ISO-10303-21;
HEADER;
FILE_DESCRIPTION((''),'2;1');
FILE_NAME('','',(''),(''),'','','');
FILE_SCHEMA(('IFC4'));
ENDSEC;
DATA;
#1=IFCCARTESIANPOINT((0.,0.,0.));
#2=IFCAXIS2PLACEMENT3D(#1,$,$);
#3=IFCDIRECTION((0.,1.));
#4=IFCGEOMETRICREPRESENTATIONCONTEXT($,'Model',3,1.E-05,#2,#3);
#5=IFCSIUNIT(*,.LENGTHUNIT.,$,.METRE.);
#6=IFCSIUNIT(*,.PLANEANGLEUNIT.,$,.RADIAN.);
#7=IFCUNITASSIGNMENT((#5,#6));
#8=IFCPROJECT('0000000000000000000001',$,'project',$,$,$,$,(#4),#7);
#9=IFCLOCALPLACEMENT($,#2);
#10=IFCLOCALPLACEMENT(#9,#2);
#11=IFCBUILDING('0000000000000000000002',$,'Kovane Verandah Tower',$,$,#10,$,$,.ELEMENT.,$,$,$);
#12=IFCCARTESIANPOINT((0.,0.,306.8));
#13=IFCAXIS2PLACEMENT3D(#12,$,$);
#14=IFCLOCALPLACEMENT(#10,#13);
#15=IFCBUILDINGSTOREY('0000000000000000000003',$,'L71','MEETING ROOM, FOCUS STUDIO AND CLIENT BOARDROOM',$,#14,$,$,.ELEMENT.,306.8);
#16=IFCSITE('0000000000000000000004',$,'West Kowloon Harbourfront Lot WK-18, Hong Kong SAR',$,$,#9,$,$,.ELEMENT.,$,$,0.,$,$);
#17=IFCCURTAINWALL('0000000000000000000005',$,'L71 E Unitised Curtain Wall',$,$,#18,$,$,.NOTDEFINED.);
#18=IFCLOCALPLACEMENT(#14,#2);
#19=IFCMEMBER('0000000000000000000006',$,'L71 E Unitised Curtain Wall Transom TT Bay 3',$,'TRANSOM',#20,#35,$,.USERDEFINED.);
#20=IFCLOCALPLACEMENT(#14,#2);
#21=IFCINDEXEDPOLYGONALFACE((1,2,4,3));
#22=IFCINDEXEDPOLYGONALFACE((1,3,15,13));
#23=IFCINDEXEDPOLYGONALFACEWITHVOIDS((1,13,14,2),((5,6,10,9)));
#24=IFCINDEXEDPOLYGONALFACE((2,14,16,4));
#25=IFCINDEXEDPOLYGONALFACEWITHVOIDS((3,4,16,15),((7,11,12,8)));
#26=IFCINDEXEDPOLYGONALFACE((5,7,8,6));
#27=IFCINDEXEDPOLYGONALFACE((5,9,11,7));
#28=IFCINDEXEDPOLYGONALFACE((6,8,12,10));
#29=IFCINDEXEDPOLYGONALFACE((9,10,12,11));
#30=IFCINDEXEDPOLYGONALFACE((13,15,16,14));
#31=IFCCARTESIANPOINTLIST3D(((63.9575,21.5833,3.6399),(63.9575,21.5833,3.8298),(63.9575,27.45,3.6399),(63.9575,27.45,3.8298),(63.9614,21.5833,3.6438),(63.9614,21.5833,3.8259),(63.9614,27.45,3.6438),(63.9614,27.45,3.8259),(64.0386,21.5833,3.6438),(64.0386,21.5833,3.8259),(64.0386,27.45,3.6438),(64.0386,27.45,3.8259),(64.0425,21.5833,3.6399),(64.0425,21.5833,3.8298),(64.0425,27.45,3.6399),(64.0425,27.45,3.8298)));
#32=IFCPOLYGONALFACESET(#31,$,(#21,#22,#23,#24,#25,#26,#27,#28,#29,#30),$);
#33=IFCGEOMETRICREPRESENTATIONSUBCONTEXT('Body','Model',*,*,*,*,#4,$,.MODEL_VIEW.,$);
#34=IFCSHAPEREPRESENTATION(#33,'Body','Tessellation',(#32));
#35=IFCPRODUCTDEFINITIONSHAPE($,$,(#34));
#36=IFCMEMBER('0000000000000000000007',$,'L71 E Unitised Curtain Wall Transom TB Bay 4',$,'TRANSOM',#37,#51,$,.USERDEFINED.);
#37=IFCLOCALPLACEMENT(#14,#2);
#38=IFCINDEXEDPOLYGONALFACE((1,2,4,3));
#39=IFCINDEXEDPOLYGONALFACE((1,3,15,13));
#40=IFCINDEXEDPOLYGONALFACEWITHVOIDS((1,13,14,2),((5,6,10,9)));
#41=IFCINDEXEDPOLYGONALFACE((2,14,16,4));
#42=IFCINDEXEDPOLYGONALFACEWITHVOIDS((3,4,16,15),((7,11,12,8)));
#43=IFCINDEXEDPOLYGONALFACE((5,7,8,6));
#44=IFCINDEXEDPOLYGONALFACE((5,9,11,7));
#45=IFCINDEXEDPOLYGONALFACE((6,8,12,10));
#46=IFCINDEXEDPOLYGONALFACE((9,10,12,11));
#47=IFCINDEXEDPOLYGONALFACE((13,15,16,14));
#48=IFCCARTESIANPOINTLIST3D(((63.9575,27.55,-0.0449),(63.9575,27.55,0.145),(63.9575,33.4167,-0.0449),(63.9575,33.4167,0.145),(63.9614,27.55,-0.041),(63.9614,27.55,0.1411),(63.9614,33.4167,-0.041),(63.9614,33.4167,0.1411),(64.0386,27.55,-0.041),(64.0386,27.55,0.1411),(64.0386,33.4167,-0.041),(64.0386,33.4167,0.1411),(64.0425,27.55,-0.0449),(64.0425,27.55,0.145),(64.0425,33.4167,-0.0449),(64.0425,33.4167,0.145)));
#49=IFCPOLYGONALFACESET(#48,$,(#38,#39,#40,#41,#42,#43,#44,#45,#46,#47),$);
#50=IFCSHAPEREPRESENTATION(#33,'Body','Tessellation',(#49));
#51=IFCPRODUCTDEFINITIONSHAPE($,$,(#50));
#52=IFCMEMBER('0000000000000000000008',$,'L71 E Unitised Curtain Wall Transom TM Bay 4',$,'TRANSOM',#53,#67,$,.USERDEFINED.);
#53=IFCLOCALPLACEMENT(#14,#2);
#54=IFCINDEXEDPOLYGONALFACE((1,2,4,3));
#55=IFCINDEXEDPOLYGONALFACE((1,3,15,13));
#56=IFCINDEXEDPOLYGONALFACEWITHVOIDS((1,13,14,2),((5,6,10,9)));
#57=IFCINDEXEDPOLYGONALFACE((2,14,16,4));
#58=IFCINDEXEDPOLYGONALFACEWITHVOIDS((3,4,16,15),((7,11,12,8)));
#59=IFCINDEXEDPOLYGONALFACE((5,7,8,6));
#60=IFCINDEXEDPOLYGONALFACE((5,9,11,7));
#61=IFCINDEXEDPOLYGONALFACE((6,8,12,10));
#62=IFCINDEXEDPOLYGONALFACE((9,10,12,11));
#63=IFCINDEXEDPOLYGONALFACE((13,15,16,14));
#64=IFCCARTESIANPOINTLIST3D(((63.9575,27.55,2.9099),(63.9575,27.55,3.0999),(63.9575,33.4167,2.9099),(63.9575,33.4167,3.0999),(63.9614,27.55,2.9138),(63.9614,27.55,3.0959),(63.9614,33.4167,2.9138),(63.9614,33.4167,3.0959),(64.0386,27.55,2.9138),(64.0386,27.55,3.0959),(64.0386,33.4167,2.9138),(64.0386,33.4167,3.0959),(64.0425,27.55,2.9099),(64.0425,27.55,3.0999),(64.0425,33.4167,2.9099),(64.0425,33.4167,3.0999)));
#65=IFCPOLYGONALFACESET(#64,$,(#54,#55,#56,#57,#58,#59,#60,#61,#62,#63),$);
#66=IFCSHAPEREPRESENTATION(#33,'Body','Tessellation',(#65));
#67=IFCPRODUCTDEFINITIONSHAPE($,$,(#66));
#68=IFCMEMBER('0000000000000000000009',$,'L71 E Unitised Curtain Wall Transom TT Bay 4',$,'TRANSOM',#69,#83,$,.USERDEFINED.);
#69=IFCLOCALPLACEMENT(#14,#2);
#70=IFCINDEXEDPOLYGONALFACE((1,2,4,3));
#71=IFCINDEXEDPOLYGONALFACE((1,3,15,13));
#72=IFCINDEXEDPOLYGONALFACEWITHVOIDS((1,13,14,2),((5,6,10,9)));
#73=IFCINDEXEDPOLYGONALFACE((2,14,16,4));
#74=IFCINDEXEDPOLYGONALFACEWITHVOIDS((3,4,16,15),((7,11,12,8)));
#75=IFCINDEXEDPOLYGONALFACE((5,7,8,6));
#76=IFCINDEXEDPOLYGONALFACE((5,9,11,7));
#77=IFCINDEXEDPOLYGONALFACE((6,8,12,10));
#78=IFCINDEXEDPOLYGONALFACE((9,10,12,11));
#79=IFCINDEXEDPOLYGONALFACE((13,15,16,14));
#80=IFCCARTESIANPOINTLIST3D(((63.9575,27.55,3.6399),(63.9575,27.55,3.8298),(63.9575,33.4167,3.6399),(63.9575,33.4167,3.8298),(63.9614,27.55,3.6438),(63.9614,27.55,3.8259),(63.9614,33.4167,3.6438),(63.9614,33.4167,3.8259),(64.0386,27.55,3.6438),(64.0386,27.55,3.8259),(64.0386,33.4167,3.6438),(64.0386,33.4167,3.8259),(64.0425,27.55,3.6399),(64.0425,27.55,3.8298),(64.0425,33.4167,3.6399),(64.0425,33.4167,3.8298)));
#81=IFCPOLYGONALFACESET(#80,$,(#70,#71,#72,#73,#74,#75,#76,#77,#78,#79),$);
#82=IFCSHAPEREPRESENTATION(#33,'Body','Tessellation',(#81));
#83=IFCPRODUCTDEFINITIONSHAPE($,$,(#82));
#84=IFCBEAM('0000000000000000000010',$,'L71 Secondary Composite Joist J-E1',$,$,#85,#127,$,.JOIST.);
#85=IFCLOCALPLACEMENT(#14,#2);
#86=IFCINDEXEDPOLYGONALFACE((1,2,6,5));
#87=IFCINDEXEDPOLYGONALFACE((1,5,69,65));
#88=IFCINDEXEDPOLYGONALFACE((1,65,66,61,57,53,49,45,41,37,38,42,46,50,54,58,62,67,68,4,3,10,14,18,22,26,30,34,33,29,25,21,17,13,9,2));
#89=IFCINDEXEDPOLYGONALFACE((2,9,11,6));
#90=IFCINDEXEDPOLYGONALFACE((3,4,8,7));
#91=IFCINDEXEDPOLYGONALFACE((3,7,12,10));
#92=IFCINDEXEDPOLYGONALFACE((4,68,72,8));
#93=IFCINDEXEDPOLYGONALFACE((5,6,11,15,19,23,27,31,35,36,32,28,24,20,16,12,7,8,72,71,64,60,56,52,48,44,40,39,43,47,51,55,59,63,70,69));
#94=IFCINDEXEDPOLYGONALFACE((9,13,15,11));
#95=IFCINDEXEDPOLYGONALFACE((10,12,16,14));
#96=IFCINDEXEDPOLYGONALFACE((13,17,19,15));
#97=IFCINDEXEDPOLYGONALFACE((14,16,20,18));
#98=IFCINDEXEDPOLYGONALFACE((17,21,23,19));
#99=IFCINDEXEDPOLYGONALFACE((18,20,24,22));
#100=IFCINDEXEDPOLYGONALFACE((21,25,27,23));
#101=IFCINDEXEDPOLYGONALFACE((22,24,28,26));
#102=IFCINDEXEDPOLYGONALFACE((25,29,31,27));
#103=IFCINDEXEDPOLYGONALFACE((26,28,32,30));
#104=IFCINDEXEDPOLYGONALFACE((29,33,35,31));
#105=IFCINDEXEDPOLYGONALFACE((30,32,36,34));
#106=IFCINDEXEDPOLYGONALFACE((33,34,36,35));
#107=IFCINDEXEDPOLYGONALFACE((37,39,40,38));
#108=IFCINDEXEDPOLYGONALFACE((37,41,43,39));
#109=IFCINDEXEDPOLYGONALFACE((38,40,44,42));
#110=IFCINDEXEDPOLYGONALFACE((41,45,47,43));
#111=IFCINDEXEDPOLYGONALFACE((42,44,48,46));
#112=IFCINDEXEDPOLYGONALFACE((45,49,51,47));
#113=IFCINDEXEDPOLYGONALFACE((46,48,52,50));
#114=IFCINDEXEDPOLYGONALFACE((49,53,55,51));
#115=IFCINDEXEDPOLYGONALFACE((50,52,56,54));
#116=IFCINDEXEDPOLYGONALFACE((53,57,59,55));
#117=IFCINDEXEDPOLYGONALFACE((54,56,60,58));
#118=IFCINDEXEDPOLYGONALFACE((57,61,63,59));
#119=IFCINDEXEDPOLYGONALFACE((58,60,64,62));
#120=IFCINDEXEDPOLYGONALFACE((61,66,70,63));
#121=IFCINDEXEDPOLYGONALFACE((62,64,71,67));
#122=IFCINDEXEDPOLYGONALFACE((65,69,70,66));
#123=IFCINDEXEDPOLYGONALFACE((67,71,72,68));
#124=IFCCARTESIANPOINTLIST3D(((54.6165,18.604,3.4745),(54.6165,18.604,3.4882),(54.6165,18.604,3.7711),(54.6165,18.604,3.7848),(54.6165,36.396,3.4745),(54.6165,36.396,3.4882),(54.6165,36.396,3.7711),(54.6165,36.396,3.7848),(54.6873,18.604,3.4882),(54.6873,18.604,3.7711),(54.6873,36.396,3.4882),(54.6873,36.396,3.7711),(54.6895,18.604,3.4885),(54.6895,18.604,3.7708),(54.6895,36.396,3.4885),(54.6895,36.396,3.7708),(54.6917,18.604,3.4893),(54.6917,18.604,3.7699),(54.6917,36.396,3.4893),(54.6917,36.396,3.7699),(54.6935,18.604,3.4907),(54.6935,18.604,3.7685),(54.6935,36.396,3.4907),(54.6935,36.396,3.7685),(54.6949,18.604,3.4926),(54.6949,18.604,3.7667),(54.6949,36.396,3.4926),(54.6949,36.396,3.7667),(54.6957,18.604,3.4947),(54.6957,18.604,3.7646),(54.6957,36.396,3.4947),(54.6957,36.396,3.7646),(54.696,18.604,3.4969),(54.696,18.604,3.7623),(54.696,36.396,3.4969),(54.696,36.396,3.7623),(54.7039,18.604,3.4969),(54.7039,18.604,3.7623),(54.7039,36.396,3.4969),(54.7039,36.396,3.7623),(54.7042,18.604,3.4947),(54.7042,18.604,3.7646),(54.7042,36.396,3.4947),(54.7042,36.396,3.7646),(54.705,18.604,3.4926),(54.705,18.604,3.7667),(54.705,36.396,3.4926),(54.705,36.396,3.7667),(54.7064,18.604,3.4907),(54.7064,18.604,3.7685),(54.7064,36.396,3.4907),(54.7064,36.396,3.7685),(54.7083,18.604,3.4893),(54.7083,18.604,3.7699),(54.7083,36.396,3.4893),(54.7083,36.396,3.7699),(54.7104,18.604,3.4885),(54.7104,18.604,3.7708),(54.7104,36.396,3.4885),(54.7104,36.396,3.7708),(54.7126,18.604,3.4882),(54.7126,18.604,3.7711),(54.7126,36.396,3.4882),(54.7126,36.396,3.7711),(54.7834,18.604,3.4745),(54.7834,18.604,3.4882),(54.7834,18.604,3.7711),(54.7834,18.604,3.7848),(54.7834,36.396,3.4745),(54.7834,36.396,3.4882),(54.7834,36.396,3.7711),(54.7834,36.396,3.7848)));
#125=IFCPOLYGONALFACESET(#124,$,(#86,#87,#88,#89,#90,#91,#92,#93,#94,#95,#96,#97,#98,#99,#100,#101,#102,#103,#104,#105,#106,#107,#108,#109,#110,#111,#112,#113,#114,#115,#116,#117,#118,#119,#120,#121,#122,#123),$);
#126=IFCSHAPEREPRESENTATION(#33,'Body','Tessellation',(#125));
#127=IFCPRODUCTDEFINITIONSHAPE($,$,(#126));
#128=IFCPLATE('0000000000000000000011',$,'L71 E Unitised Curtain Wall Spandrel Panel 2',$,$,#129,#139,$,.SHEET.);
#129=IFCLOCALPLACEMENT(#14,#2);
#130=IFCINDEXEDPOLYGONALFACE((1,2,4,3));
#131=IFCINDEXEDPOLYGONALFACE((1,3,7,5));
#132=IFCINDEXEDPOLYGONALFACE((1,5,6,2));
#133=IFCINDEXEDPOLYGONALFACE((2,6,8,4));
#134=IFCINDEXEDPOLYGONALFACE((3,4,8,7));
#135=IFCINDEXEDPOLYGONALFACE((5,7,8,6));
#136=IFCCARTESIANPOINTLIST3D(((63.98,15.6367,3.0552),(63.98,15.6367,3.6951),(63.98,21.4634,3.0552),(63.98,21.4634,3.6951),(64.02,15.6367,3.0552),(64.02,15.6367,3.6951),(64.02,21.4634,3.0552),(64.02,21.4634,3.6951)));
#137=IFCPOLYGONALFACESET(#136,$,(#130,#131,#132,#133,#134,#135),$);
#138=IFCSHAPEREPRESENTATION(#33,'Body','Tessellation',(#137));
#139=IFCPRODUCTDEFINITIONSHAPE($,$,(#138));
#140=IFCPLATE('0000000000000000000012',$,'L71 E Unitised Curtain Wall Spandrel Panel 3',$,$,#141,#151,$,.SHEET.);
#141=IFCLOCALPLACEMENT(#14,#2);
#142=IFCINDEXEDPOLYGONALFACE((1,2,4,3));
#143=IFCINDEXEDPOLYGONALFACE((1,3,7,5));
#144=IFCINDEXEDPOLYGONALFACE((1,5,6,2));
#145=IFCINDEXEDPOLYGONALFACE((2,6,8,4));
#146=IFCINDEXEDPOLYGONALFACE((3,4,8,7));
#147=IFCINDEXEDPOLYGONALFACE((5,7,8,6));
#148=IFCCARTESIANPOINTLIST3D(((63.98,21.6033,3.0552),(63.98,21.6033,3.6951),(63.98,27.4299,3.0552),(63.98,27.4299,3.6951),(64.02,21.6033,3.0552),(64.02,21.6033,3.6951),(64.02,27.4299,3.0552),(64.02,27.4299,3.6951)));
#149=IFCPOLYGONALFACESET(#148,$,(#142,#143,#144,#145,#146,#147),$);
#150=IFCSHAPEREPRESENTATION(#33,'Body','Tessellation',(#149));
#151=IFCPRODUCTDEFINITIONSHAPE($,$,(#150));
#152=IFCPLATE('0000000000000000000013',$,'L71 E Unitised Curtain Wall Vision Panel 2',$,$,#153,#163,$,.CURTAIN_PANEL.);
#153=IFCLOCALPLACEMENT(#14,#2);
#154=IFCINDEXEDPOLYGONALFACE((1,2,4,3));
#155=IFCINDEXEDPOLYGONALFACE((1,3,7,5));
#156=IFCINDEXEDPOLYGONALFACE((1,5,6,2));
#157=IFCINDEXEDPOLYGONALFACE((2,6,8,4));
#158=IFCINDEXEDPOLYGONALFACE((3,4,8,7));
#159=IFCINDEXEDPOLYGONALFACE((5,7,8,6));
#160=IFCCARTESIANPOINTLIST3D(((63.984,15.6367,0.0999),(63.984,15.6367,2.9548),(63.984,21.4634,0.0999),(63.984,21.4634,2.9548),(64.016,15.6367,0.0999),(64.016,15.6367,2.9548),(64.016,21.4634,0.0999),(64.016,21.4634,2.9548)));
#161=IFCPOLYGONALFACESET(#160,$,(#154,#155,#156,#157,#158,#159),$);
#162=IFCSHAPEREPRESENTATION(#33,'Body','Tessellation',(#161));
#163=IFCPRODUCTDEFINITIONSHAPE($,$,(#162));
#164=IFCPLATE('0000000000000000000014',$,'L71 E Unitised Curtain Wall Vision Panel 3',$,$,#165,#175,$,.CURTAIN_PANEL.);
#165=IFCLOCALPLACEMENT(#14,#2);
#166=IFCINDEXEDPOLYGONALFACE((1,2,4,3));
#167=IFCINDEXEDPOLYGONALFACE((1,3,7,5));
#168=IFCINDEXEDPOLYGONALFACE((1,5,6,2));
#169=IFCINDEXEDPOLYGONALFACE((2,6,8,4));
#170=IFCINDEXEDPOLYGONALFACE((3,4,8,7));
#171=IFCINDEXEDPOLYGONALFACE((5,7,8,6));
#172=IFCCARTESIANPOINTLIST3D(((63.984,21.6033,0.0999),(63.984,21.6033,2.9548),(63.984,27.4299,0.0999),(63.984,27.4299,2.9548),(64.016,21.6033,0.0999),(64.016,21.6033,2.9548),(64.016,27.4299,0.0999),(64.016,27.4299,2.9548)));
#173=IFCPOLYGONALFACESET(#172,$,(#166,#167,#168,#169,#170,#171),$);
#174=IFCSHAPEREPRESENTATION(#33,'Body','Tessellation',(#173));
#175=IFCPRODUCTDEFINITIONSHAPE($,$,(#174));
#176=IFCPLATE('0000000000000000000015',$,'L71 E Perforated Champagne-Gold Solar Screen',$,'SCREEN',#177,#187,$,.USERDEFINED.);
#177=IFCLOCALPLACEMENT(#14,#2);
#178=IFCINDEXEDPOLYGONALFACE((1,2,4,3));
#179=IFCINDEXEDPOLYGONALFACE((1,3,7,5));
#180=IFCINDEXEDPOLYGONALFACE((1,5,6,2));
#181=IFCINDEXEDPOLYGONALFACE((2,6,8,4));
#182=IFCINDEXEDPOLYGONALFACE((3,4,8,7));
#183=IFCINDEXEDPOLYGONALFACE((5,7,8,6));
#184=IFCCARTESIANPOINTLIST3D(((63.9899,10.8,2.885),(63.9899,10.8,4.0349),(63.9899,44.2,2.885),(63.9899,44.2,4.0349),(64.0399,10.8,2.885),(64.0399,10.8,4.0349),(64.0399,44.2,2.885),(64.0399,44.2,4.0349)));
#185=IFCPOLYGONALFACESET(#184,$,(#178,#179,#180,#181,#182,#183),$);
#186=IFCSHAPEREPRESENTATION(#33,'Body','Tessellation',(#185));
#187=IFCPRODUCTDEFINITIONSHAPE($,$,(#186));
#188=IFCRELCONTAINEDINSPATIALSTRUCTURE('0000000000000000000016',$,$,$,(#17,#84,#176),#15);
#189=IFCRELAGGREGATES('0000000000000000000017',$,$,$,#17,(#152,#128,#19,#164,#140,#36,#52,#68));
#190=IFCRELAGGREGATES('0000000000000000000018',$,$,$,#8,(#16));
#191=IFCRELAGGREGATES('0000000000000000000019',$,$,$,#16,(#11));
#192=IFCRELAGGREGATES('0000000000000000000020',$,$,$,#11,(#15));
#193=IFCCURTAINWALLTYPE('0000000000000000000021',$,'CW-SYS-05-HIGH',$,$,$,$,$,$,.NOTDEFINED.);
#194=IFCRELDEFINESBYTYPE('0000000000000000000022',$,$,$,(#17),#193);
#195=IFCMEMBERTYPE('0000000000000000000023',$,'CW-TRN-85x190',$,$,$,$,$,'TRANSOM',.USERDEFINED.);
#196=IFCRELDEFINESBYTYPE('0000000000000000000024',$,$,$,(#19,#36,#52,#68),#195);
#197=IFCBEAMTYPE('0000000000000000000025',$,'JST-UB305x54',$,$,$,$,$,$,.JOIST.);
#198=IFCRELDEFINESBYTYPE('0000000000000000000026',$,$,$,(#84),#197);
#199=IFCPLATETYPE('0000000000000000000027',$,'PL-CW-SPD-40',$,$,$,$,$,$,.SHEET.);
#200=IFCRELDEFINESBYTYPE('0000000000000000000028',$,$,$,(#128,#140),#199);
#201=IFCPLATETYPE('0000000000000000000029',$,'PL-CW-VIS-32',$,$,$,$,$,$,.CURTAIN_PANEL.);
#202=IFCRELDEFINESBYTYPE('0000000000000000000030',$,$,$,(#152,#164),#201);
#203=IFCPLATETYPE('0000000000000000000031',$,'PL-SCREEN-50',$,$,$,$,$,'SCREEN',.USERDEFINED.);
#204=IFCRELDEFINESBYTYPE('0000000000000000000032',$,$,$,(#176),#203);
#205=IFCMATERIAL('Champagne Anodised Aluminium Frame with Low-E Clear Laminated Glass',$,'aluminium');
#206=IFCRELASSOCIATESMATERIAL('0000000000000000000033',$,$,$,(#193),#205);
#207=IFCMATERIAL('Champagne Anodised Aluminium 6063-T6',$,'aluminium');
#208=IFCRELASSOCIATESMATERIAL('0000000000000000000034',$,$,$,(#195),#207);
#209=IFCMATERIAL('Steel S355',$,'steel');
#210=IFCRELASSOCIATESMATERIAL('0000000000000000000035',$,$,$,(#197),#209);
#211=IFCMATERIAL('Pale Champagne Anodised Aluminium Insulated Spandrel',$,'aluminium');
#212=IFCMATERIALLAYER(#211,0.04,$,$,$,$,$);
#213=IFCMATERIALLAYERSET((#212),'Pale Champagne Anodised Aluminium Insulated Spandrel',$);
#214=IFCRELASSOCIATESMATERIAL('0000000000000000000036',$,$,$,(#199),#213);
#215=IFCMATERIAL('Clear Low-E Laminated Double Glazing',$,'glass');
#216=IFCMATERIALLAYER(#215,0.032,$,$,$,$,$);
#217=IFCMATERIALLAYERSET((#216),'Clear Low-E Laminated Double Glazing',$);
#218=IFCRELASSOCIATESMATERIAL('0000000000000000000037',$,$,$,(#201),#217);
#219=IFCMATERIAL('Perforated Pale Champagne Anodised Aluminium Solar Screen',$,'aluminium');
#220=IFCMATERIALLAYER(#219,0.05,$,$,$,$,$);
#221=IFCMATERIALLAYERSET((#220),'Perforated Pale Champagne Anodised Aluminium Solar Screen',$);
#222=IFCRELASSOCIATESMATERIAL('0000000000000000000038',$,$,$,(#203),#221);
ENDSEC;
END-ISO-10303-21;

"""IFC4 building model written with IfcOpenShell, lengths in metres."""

from ifc_helpers import new_model, si_unit, direction, frame, origin, origin_2d, place, context, subcontext, project, spatial, rectangle, hollow_rectangle, i_section, extrude, material, layer, layer_set, material_profile, profile_set, type_object, element, aggregate, save


model = new_model("IFC4")

# Units and contexts
model_context = context("Model", 3, precision=1e-05, world=origin(), true_north=direction((0.0, 1.0)))
body_context = subcontext(model_context, "Body", "Model", "MODEL_VIEW")
ifc_project = project(units=[si_unit("LENGTHUNIT", "METRE"), si_unit("PLANEANGLEUNIT", "RADIAN")], contexts=[model_context])

# Site, building, storey
site_placement = place(None, origin())
site = spatial("IfcSite", under=ifc_project, at=site_placement, Name="West Kowloon Harbourfront Lot WK-18, Hong Kong SAR", CompositionType="ELEMENT", RefElevation=0.0)
building_placement = place(site_placement, origin())
building = spatial("IfcBuilding", under=site, at=building_placement, Name="Kovane Verandah Tower", CompositionType="ELEMENT")
storey_placement = place(building_placement, frame((0.0, 0.0, 306.8)))
storey = spatial("IfcBuildingStorey", under=building, at=storey_placement, Name="L71", Description="MEETING ROOM, FOCUS STUDIO AND CLIENT BOARDROOM", CompositionType="ELEMENT", Elevation=306.8)

# Shared definitions
ifc_material_1 = material(Name="Steel S355", Category="steel")

# Curtain wall, members
ifc_material_2 = material(Name="Champagne Anodised Aluminium Frame with Low-E Clear Laminated Glass", Category="aluminium")
curtain_wall_type = type_object("IfcCurtainWallType", Name="CW-SYS-05-HIGH", PredefinedType="NOTDEFINED", material=ifc_material_2)
curtain_wall_placement = place(storey_placement, origin())
curtain_wall = element("IfcCurtainWall", 1, at=curtain_wall_placement, inside=storey, type_object=curtain_wall_type, Name="L71 E Unitised Curtain Wall", PredefinedType="NOTDEFINED")
ifc_material_3 = material(Name="Champagne Anodised Aluminium 6063-T6", Category="aluminium")
ifc_material_profile_1 = material_profile(ifc_material_3, hollow_rectangle(XDim=0.085, YDim=0.1899, WallThickness=0.0039, at=origin_2d()), Name="AL85x190x4")
ifc_profile_set_1 = profile_set([ifc_material_profile_1], Name="Champagne Anodised Aluminium 6063-T6")
member_type_1 = type_object("IfcMemberType", Name="CW-TRN-85x190", ElementType="TRANSOM", PredefinedType="USERDEFINED", material=ifc_profile_set_1)
member_1_placement = place(storey_placement, frame((64.0, 21.5833, 3.7349), z_axis=(0.0, 1.0, 0.0), x_axis=(-1.0, 0.0, 0.0)))
member_1 = element("IfcMember", 2, at=member_1_placement, type_object=member_type_1, Name="L71 E Unitised Curtain Wall Transom TT Bay 3", ObjectType="TRANSOM", PredefinedType="USERDEFINED", context=body_context, shape_type="SweptSolid", body=[
    extrude(hollow_rectangle(XDim=0.085, YDim=0.1899, WallThickness=0.0039, at=origin_2d()), origin(), (0.0, 0.0, 1.0), 5.8667),
])
member_2_placement = place(storey_placement, frame((64.0, 27.55, 0.05), z_axis=(0.0, 1.0, 0.0), x_axis=(-1.0, 0.0, 0.0)))
member_2 = element("IfcMember", 3, at=member_2_placement, type_object=member_type_1, Name="L71 E Unitised Curtain Wall Transom TB Bay 4", ObjectType="TRANSOM", PredefinedType="USERDEFINED", context=body_context, shape_type="SweptSolid", body=[
    extrude(hollow_rectangle(XDim=0.085, YDim=0.1899, WallThickness=0.0039, at=origin_2d()), origin(), (0.0, 0.0, 1.0), 5.8667),
])
member_3_placement = place(storey_placement, frame((64.0, 27.55, 3.0049), z_axis=(0.0, 1.0, 0.0), x_axis=(-1.0, 0.0, 0.0)))
member_3 = element("IfcMember", 4, at=member_3_placement, type_object=member_type_1, Name="L71 E Unitised Curtain Wall Transom TM Bay 4", ObjectType="TRANSOM", PredefinedType="USERDEFINED", context=body_context, shape_type="SweptSolid", body=[
    extrude(hollow_rectangle(XDim=0.085, YDim=0.1899, WallThickness=0.0039, at=origin_2d()), origin(), (0.0, 0.0, 1.0), 5.8667),
])
member_4_placement = place(storey_placement, frame((64.0, 27.55, 3.7349), z_axis=(0.0, 1.0, 0.0), x_axis=(-1.0, 0.0, 0.0)))
member_4 = element("IfcMember", 5, at=member_4_placement, type_object=member_type_1, Name="L71 E Unitised Curtain Wall Transom TT Bay 4", ObjectType="TRANSOM", PredefinedType="USERDEFINED", context=body_context, shape_type="SweptSolid", body=[
    extrude(hollow_rectangle(XDim=0.085, YDim=0.1899, WallThickness=0.0039, at=origin_2d()), origin(), (0.0, 0.0, 1.0), 5.8667),
])

# Beam
ifc_material_profile_2 = material_profile(ifc_material_1, i_section(OverallWidth=0.167, OverallDepth=0.3103, WebThickness=0.0078, FlangeThickness=0.0137, FilletRadius=0.0088, at=origin_2d()), Name="UB305x165x54")
ifc_profile_set_2 = profile_set([ifc_material_profile_2], Name="Steel S355")
beam_type_1 = type_object("IfcBeamType", Name="JST-UB305x54", PredefinedType="JOIST", material=ifc_profile_set_2)
beam_1_placement = place(storey_placement, frame((54.7, 18.604, 3.6296), z_axis=(0.0, 1.0, 0.0), x_axis=(-1.0, 0.0, 0.0)))
element("IfcBeam", 6, at=beam_1_placement, inside=storey, type_object=beam_type_1, Name="L71 Secondary Composite Joist J-E1", PredefinedType="JOIST", context=body_context, shape_type="SweptSolid", body=[
    extrude(i_section(OverallWidth=0.167, OverallDepth=0.3103, WebThickness=0.0078, FlangeThickness=0.0137, FilletRadius=0.0088, at=origin_2d()), origin(), (0.0, 0.0, 1.0), 17.792),
])

# Plates
ifc_material_4 = material(Name="Pale Champagne Anodised Aluminium Insulated Spandrel", Category="aluminium")
ifc_layer_1 = layer(ifc_material_4, 0.04)
ifc_layer_set_1 = layer_set([ifc_layer_1], Name="Pale Champagne Anodised Aluminium Insulated Spandrel")
plate_type_1 = type_object("IfcPlateType", Name="PL-CW-SPD-40", PredefinedType="SHEET", material=ifc_layer_set_1)
plate_1_placement = place(storey_placement, frame((64.0, 18.55, 3.0552), z_axis=(0.0, 0.0, 1.0), x_axis=(0.0, 1.0, 0.0)))
plate_1 = element("IfcPlate", 7, at=plate_1_placement, type_object=plate_type_1, Name="L71 E Unitised Curtain Wall Spandrel Panel 2", PredefinedType="SHEET", context=body_context, shape_type="SweptSolid", body=[
    extrude(rectangle(XDim=5.8267, YDim=0.04, at=origin_2d()), origin(), (0.0, 0.0, 1.0), 0.6399),
])
plate_2_placement = place(storey_placement, frame((64.0, 24.5166, 3.0552), z_axis=(0.0, 0.0, 1.0), x_axis=(0.0, 1.0, 0.0)))
plate_2 = element("IfcPlate", 8, at=plate_2_placement, type_object=plate_type_1, Name="L71 E Unitised Curtain Wall Spandrel Panel 3", PredefinedType="SHEET", context=body_context, shape_type="SweptSolid", body=[
    extrude(rectangle(XDim=5.8267, YDim=0.04, at=origin_2d()), origin(), (0.0, 0.0, 1.0), 0.6399),
])
ifc_material_5 = material(Name="Clear Low-E Laminated Double Glazing", Category="glass")
ifc_layer_2 = layer(ifc_material_5, 0.032)
ifc_layer_set_2 = layer_set([ifc_layer_2], Name="Clear Low-E Laminated Double Glazing")
plate_type_2 = type_object("IfcPlateType", Name="PL-CW-VIS-32", PredefinedType="CURTAIN_PANEL", material=ifc_layer_set_2)
plate_3_placement = place(storey_placement, frame((64.0, 18.55, 0.0999), z_axis=(0.0, 0.0, 1.0), x_axis=(0.0, 1.0, 0.0)))
plate_3 = element("IfcPlate", 9, at=plate_3_placement, type_object=plate_type_2, Name="L71 E Unitised Curtain Wall Vision Panel 2", PredefinedType="CURTAIN_PANEL", context=body_context, shape_type="SweptSolid", body=[
    extrude(rectangle(XDim=5.8267, YDim=0.032, at=origin_2d()), origin(), (0.0, 0.0, 1.0), 2.855),
])
plate_4_placement = place(storey_placement, frame((64.0, 24.5166, 0.0999), z_axis=(0.0, 0.0, 1.0), x_axis=(0.0, 1.0, 0.0)))
plate_4 = element("IfcPlate", 10, at=plate_4_placement, type_object=plate_type_2, Name="L71 E Unitised Curtain Wall Vision Panel 3", PredefinedType="CURTAIN_PANEL", context=body_context, shape_type="SweptSolid", body=[
    extrude(rectangle(XDim=5.8267, YDim=0.032, at=origin_2d()), origin(), (0.0, 0.0, 1.0), 2.855),
])
aggregate(curtain_wall, [plate_3, plate_1, member_1, plate_4, plate_2, member_2, member_3, member_4])
ifc_material_6 = material(Name="Perforated Pale Champagne Anodised Aluminium Solar Screen", Category="aluminium")
ifc_layer_3 = layer(ifc_material_6, 0.05)
ifc_layer_set_3 = layer_set([ifc_layer_3], Name="Perforated Pale Champagne Anodised Aluminium Solar Screen")
plate_type_3 = type_object("IfcPlateType", Name="PL-SCREEN-50", ElementType="SCREEN", PredefinedType="USERDEFINED", material=ifc_layer_set_3)
plate_5_placement = place(storey_placement, frame((64.0149, 27.5, 2.885), z_axis=(0.0, 0.0, 1.0), x_axis=(0.0, 1.0, 0.0)))
element("IfcPlate", 11, at=plate_5_placement, inside=storey, type_object=plate_type_3, Name="L71 E Perforated Champagne-Gold Solar Screen", ObjectType="SCREEN", PredefinedType="USERDEFINED", context=body_context, shape_type="SweptSolid", body=[
    extrude(rectangle(XDim=33.3999, YDim=0.05, at=origin_2d()), origin(), (0.0, 0.0, 1.0), 1.1499),
])

save(model, "model.ifc")
